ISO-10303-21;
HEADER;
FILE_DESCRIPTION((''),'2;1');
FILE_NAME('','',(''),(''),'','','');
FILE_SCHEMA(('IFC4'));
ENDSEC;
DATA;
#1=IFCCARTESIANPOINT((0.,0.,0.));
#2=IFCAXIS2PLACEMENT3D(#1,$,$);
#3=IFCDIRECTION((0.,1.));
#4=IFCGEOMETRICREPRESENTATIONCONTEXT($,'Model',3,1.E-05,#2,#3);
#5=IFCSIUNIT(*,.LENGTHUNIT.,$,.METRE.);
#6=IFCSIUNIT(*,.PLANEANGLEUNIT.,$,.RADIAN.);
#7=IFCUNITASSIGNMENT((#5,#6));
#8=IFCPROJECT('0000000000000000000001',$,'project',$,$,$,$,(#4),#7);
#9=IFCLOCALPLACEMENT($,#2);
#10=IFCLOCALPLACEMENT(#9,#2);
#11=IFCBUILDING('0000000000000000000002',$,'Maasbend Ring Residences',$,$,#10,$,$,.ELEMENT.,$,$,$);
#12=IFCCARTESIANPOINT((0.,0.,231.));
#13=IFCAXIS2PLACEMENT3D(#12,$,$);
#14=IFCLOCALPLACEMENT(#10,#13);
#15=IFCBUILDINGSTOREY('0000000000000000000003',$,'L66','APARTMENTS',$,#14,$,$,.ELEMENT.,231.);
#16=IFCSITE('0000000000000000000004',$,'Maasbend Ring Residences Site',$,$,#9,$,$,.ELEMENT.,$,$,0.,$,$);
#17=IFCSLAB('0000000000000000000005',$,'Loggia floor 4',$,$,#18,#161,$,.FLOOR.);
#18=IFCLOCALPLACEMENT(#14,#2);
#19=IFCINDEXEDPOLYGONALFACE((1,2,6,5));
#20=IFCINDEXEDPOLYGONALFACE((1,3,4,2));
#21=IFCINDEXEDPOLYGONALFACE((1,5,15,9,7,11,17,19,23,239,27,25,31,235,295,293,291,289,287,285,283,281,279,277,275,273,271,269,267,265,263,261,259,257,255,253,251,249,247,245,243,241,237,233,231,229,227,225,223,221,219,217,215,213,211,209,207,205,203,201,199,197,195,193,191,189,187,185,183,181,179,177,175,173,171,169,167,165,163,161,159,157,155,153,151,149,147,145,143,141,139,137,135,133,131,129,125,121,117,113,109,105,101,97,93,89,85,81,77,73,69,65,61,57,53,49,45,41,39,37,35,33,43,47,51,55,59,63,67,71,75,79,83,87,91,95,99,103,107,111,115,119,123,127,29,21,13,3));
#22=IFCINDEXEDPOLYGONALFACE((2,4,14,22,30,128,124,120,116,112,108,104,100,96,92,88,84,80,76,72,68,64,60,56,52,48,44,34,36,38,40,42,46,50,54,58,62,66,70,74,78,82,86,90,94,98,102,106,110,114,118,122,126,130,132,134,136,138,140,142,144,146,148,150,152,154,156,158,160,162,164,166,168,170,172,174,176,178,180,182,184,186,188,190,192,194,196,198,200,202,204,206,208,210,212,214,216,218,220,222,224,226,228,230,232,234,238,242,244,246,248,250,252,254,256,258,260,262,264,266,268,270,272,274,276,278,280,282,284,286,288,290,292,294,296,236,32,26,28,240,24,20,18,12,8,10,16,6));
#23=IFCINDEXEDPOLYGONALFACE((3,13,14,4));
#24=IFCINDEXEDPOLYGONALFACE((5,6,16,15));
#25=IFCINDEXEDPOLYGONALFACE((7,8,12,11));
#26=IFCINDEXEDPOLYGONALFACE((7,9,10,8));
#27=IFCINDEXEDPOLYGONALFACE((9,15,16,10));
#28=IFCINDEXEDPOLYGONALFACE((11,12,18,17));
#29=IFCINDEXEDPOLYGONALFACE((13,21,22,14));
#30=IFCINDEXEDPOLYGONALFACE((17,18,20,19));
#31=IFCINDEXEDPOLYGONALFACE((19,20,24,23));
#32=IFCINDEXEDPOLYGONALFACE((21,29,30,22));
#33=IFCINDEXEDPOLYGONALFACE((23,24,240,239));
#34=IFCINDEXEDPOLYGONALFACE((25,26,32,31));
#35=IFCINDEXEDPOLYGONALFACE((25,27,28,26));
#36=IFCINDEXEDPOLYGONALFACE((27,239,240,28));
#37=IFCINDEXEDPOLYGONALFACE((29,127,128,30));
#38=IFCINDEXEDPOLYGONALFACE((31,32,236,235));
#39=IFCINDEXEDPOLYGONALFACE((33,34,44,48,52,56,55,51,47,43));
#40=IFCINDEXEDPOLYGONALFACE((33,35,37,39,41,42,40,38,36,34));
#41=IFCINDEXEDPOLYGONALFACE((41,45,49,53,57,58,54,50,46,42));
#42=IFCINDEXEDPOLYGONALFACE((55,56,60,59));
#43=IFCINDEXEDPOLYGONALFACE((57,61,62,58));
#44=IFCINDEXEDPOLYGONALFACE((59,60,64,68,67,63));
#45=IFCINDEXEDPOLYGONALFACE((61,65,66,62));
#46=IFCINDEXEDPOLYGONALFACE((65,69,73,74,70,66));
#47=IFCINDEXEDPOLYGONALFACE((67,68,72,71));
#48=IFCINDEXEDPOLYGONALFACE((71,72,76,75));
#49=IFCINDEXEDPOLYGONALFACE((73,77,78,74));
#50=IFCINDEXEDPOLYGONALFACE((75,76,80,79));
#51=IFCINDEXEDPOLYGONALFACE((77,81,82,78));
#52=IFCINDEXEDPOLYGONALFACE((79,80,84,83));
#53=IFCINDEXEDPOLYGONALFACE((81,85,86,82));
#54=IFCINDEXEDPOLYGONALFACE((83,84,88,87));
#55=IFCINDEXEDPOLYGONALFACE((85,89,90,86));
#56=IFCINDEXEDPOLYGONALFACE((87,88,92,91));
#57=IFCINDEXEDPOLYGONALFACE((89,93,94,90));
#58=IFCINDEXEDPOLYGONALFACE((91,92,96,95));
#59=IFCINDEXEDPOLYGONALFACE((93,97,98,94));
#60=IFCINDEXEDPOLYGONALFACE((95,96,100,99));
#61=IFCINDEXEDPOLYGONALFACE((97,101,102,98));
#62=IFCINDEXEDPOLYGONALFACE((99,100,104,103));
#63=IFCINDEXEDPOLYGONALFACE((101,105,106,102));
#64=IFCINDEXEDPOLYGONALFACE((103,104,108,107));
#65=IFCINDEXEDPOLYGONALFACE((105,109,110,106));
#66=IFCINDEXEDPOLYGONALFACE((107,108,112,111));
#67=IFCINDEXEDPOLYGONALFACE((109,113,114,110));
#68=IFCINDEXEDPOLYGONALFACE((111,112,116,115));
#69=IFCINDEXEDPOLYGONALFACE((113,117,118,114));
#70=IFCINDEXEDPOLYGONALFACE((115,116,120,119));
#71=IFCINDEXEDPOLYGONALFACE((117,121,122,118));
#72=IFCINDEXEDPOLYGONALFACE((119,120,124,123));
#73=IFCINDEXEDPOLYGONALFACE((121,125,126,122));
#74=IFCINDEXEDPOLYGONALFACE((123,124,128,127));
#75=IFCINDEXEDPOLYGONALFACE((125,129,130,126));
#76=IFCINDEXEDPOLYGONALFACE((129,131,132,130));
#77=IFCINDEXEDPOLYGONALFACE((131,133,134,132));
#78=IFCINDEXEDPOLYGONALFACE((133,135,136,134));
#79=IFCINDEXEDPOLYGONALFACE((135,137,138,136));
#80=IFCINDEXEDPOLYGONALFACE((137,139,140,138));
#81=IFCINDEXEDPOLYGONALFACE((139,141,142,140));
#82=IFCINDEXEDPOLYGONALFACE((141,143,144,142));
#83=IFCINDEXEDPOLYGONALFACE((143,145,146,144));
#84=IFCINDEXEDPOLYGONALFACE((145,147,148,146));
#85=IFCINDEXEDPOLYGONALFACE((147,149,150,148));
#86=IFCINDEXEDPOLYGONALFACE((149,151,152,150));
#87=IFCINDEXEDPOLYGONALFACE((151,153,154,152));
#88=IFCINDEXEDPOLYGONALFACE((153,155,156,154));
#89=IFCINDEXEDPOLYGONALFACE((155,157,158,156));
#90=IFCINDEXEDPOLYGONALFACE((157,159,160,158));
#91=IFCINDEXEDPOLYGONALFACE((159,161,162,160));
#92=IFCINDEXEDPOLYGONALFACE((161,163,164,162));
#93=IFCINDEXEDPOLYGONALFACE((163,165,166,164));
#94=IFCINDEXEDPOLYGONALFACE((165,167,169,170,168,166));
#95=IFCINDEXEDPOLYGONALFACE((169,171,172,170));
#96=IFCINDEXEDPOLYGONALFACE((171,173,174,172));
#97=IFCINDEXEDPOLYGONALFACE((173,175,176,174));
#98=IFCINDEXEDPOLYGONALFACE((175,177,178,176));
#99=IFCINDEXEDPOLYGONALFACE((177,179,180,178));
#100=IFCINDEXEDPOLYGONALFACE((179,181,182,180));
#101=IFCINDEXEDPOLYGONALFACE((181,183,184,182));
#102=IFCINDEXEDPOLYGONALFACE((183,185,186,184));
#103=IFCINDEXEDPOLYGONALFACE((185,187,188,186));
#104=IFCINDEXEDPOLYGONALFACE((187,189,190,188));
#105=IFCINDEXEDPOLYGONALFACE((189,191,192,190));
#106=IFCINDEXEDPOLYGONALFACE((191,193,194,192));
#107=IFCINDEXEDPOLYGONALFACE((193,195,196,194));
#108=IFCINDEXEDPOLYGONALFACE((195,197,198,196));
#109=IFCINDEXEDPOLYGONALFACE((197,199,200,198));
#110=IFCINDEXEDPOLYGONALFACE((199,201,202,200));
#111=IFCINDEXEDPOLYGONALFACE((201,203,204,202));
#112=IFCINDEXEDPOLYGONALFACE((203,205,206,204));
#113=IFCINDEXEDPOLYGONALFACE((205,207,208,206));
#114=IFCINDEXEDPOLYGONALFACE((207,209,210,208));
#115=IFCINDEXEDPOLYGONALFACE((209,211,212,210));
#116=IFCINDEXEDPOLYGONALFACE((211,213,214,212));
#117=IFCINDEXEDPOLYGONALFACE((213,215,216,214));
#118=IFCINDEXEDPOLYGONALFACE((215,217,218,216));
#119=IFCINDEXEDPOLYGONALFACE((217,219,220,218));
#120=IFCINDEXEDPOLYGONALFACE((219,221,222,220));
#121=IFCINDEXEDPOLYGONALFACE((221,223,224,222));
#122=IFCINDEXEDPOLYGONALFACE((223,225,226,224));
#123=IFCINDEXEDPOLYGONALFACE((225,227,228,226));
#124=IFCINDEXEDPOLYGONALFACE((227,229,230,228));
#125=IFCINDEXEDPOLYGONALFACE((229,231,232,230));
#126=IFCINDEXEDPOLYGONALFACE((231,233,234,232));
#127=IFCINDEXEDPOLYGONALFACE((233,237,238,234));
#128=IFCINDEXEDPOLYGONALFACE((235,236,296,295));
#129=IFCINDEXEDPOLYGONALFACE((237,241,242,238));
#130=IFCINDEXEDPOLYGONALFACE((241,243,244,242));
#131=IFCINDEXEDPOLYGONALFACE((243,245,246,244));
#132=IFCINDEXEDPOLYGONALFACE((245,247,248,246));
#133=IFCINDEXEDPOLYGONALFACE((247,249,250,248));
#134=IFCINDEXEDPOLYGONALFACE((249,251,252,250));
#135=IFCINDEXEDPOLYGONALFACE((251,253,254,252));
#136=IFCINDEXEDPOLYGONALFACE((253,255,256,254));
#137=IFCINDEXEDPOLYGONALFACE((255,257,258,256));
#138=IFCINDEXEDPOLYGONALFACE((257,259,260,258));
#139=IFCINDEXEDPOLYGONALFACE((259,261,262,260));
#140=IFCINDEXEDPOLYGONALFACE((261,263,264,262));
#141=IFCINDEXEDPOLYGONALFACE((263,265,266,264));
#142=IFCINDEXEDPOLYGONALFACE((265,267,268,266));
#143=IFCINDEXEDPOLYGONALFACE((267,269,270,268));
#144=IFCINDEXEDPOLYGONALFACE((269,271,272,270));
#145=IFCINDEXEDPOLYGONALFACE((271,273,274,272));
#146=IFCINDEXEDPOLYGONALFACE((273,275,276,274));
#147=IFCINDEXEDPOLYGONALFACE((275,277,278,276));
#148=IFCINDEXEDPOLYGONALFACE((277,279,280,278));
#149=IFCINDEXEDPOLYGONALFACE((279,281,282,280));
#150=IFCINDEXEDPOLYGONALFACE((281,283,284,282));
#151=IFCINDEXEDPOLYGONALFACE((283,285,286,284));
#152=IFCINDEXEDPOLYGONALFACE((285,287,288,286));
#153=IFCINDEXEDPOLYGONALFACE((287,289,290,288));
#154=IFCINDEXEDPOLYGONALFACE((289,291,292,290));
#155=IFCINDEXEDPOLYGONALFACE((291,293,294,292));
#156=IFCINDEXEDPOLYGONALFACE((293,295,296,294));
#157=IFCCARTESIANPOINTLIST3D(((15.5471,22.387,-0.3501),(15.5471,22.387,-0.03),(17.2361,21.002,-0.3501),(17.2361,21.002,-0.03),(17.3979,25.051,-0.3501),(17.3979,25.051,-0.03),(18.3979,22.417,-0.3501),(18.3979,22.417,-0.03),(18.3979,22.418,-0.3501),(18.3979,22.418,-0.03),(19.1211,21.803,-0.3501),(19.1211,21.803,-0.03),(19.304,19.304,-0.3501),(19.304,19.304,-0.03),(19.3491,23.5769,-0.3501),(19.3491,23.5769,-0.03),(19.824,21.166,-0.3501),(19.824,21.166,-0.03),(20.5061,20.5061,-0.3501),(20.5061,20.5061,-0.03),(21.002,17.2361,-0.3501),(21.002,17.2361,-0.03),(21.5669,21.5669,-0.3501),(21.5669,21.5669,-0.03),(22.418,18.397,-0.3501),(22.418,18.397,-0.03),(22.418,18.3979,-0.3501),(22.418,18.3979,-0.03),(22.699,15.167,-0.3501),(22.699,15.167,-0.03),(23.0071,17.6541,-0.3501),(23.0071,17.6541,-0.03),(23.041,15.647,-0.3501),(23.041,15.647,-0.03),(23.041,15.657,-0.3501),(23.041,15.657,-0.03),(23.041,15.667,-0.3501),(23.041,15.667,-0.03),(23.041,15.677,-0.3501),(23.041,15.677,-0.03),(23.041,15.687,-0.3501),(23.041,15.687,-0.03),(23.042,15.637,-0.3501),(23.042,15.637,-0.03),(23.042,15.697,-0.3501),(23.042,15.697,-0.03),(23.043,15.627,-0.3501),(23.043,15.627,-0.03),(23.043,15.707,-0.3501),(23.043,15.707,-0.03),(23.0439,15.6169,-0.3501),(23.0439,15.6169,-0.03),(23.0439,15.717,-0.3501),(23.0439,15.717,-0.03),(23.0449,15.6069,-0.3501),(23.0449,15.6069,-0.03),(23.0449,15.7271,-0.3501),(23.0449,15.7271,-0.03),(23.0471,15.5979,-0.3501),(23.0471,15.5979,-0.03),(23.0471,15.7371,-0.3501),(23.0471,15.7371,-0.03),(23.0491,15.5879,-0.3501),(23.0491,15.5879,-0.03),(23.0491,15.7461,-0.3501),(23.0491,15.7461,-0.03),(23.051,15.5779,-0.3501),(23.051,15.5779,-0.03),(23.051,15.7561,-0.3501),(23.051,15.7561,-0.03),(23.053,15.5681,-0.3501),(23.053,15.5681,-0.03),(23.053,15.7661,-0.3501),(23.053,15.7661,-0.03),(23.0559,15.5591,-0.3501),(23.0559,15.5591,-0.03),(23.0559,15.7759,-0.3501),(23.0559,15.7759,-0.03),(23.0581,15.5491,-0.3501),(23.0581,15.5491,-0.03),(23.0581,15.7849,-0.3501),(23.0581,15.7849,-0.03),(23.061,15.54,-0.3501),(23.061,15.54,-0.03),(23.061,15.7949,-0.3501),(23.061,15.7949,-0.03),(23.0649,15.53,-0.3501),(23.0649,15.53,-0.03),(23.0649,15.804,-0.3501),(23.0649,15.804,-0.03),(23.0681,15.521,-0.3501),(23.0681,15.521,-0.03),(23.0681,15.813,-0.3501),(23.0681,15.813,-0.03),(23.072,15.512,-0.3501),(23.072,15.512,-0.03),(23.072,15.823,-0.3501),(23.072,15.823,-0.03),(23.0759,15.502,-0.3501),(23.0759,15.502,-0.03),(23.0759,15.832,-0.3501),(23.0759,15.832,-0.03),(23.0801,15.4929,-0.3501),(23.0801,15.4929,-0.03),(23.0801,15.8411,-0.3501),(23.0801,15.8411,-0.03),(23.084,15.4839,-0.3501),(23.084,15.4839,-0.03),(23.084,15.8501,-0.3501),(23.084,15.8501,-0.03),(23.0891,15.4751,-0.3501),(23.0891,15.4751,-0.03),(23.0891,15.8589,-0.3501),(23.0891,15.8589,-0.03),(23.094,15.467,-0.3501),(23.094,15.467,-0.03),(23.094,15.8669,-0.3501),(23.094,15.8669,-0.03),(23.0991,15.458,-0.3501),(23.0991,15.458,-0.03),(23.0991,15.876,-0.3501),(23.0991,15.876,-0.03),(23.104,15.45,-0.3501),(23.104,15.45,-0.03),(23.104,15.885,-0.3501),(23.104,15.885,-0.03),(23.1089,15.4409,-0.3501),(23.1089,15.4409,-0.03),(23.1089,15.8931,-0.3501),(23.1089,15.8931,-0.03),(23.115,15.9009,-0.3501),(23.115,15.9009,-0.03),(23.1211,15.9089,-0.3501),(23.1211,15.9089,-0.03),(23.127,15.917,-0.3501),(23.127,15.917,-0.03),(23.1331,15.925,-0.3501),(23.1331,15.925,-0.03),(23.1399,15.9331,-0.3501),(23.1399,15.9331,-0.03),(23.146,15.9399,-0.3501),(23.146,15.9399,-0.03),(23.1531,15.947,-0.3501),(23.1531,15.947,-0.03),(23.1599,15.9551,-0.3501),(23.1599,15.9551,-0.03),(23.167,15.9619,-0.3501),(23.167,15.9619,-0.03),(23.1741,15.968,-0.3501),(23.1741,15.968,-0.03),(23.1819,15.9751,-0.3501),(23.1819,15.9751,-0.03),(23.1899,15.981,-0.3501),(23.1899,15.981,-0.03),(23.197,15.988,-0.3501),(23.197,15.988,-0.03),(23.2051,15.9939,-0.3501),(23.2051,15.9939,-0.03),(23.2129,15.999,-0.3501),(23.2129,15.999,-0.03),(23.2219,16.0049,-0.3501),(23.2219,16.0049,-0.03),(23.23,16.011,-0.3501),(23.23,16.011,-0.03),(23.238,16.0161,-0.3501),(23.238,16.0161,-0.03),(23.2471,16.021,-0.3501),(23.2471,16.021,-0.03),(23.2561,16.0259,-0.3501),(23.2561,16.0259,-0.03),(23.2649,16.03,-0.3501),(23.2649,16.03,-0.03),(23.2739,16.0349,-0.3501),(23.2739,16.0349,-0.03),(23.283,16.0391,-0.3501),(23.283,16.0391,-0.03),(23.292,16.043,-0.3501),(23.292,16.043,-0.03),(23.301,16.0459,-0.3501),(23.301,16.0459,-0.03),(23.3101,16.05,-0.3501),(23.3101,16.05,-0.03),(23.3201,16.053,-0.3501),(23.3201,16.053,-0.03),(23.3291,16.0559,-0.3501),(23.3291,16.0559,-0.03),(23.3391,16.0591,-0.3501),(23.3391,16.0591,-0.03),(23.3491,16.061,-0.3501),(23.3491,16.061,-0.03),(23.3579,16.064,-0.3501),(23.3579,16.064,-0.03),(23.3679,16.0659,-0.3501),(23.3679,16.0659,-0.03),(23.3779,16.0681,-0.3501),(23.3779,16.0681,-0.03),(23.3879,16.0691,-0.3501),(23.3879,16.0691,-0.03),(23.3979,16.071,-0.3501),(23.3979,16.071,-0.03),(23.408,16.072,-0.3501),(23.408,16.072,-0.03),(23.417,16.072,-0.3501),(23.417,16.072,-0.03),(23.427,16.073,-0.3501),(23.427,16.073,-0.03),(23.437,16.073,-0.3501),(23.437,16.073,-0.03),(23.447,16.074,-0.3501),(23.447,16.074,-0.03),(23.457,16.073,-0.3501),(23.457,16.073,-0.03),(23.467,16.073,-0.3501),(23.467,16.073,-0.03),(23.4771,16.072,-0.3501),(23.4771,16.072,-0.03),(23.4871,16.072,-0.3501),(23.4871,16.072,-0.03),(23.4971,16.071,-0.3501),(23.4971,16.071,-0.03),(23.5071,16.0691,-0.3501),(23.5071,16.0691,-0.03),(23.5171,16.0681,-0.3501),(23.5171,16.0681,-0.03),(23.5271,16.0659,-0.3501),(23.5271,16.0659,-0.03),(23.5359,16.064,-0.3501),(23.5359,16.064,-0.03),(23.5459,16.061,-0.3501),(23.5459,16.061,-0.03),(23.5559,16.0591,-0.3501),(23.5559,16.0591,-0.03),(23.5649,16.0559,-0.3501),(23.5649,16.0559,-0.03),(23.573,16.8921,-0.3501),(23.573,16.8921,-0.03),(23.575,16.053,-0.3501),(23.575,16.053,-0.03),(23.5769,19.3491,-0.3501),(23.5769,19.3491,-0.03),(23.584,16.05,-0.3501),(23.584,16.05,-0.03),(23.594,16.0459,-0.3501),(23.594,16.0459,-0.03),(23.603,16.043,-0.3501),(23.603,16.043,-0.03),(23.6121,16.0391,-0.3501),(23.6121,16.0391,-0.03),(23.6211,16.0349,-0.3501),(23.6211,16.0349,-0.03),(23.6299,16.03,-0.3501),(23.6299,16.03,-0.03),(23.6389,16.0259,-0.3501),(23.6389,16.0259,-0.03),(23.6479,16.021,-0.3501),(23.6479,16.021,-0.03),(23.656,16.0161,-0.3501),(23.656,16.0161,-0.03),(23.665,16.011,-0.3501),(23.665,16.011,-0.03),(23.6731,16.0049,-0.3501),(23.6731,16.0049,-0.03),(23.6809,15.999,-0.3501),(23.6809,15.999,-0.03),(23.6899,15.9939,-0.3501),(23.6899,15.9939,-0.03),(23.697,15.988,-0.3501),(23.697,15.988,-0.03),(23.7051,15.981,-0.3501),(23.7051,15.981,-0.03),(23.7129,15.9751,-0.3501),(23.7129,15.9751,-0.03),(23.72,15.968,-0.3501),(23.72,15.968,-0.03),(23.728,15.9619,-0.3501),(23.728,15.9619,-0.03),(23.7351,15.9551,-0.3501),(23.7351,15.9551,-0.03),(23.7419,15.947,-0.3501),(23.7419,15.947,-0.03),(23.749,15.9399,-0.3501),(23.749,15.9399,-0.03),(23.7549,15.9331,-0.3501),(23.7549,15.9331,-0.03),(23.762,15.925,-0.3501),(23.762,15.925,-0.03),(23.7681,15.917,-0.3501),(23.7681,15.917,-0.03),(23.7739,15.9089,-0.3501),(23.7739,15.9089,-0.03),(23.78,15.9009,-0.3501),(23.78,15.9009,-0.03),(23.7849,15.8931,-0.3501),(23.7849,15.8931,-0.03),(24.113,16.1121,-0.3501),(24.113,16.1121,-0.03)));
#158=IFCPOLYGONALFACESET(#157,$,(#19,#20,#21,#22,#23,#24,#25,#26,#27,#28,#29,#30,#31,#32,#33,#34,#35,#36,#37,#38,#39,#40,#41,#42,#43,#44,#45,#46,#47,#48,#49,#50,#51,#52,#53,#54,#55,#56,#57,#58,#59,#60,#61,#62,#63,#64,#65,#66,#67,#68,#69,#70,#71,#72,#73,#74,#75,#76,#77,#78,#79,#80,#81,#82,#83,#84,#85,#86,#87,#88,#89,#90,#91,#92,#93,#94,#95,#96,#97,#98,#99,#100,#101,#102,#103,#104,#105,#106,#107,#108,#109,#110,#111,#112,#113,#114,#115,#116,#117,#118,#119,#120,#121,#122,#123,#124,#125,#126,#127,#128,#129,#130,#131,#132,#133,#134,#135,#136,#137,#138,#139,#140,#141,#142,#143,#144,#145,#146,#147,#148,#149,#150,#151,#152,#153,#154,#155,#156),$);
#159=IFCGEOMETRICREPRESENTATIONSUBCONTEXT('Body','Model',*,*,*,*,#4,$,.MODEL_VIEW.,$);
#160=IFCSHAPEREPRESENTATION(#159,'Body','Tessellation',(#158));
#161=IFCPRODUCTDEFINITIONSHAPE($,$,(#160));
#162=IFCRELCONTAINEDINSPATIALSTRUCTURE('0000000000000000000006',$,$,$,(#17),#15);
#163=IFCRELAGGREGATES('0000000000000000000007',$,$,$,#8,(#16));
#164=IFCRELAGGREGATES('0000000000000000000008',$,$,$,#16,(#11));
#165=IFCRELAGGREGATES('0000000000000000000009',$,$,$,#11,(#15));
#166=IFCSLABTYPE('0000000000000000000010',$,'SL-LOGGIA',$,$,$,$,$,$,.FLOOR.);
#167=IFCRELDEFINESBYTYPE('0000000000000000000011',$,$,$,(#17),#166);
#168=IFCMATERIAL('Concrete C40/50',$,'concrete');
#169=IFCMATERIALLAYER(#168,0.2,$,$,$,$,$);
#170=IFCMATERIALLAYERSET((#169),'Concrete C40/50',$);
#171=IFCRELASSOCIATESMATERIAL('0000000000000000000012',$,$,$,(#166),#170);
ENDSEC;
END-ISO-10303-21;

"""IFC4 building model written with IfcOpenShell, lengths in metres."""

from ifc_helpers import new_model, si_unit, direction, frame, origin, place, context, subcontext, project, spatial, polyline, outline, extrude, material, layer, layer_set, type_object, element, save


model = new_model("IFC4")

# Units and contexts
model_context = context("Model", 3, precision=1e-05, world=origin(), true_north=direction((0.0, 1.0)))
body_context = subcontext(model_context, "Body", "Model", "MODEL_VIEW")
ifc_project = project(units=[si_unit("LENGTHUNIT", "METRE"), si_unit("PLANEANGLEUNIT", "RADIAN")], contexts=[model_context])

# Site, building, storey
site_placement = place(None, origin())
site = spatial("IfcSite", under=ifc_project, at=site_placement, Name="Maasbend Ring Residences Site", CompositionType="ELEMENT", RefElevation=0.0)
building_placement = place(site_placement, origin())
building = spatial("IfcBuilding", under=site, at=building_placement, Name="Maasbend Ring Residences", CompositionType="ELEMENT")
storey_placement = place(building_placement, frame((0.0, 0.0, 231.0)))
storey = spatial("IfcBuildingStorey", under=building, at=storey_placement, Name="L66", Description="APARTMENTS", CompositionType="ELEMENT", Elevation=231.0)

# Slab
ifc_material_1 = material(Name="Concrete C40/50", Category="concrete")
ifc_layer_1 = layer(ifc_material_1, 0.2)
ifc_layer_set_1 = layer_set([ifc_layer_1], Name="Concrete C40/50")
slab_type_1 = type_object("IfcSlabType", Name="SL-LOGGIA", PredefinedType="FLOOR", material=ifc_layer_set_1)
slab_1_placement = place(storey_placement, frame((0.0, 0.0, -0.3501)))
element("IfcSlab", 1, at=slab_1_placement, inside=storey, type_object=slab_type_1, Name="Loggia floor 4", PredefinedType="FLOOR", context=body_context, shape_type="SweptSolid", body=[
    extrude(outline(polyline([(19.3491, 23.5769), (19.3491, 23.5769), (19.3491, 23.5769), (18.3979, 22.418), (18.3979, 22.418), (18.3979, 22.418), (18.3979, 22.418), (18.3979, 22.418), (18.3979, 22.417), (18.3979, 22.417), (18.3979, 22.417), (18.3979, 22.417), (18.3979, 22.417), (18.3979, 22.417), (18.3979, 22.417), (18.3979, 22.417), (18.3979, 22.417), (18.3979, 22.417), (18.3979, 22.417), (18.3979, 22.417), (19.1211, 21.803), (19.1211, 21.803), (19.824, 21.166), (19.824, 21.166), (20.5061, 20.5061), (20.5061, 20.5061), (20.5061, 20.5061), (20.5061, 20.5061), (20.5061, 20.5061), (20.5061, 20.5061), (20.5061, 20.5061), (20.5061, 20.5061), (20.5061, 20.5061), (20.5061, 20.5061), (20.5061, 20.5061), (20.5061, 20.5061), (20.5061, 20.5061), (20.5061, 20.5061), (20.5061, 20.5061), (20.5061, 20.5061), (20.5061, 20.5061), (21.5669, 21.5669), (21.5669, 21.5669), (21.5669, 21.5669), (23.5769, 19.3491), (23.5769, 19.3491), (23.5769, 19.3491), (22.418, 18.3979), (22.418, 18.3979), (22.418, 18.3979), (22.418, 18.3979), (22.418, 18.3979), (22.418, 18.3979), (22.418, 18.397), (22.418, 18.397), (22.418, 18.397), (22.418, 18.397), (22.418, 18.397), (22.418, 18.397), (22.418, 18.397), (22.418, 18.397), (22.418, 18.397), (22.418, 18.397), (22.418, 18.397), (23.0071, 17.6541), (23.0071, 17.6541), (23.573, 16.8921), (23.573, 16.8921), (24.113, 16.1121), (24.113, 16.1121), (24.113, 16.1121), (23.7849, 15.8931), (23.7849, 15.8931), (23.78, 15.9009), (23.7739, 15.9089), (23.7681, 15.917), (23.762, 15.925), (23.7549, 15.9331), (23.749, 15.9399), (23.7419, 15.947), (23.7351, 15.9551), (23.728, 15.9619), (23.72, 15.968), (23.7129, 15.9751), (23.7051, 15.981), (23.697, 15.988), (23.6899, 15.9939), (23.6809, 15.999), (23.6731, 16.0049), (23.665, 16.011), (23.656, 16.0161), (23.6479, 16.021), (23.6389, 16.0259), (23.6299, 16.03), (23.6211, 16.0349), (23.6121, 16.0391), (23.603, 16.043), (23.594, 16.0459), (23.584, 16.05), (23.575, 16.053), (23.5649, 16.0559), (23.5559, 16.0591), (23.5459, 16.061), (23.5359, 16.064), (23.5271, 16.0659), (23.5171, 16.0681), (23.5071, 16.0691), (23.4971, 16.071), (23.4871, 16.072), (23.4771, 16.072), (23.467, 16.073), (23.457, 16.073), (23.447, 16.074), (23.437, 16.073), (23.427, 16.073), (23.417, 16.072), (23.408, 16.072), (23.3979, 16.071), (23.3879, 16.0691), (23.3779, 16.0681), (23.3679, 16.0659), (23.3579, 16.064), (23.3491, 16.061), (23.3391, 16.0591), (23.3291, 16.0559), (23.3201, 16.053), (23.3101, 16.05), (23.301, 16.0459), (23.292, 16.043), (23.283, 16.0391), (23.2739, 16.0349), (23.2649, 16.03), (23.2561, 16.0259), (23.2471, 16.021), (23.238, 16.0161), (23.23, 16.011), (23.2219, 16.0049), (23.2129, 15.999), (23.2051, 15.9939), (23.197, 15.988), (23.1899, 15.981), (23.1819, 15.9751), (23.1741, 15.968), (23.167, 15.9619), (23.1599, 15.9551), (23.1531, 15.947), (23.146, 15.9399), (23.1399, 15.9331), (23.1331, 15.925), (23.127, 15.917), (23.1211, 15.9089), (23.115, 15.9009), (23.1089, 15.8931), (23.104, 15.885), (23.0991, 15.876), (23.094, 15.8669), (23.0891, 15.8589), (23.084, 15.8501), (23.0801, 15.8411), (23.0759, 15.832), (23.072, 15.823), (23.0681, 15.813), (23.0649, 15.804), (23.061, 15.7949), (23.0581, 15.7849), (23.0559, 15.7759), (23.053, 15.7661), (23.051, 15.7561), (23.0491, 15.7461), (23.0471, 15.7371), (23.0449, 15.7271), (23.0439, 15.717), (23.043, 15.707), (23.042, 15.697), (23.041, 15.687), (23.041, 15.677), (23.041, 15.667), (23.041, 15.657), (23.041, 15.647), (23.042, 15.637), (23.043, 15.627), (23.0439, 15.6169), (23.0449, 15.6069), (23.0471, 15.5979), (23.0491, 15.5879), (23.051, 15.5779), (23.053, 15.5681), (23.0559, 15.5591), (23.0581, 15.5491), (23.061, 15.54), (23.0649, 15.53), (23.0681, 15.521), (23.072, 15.512), (23.0759, 15.502), (23.0801, 15.4929), (23.084, 15.4839), (23.0891, 15.4751), (23.094, 15.467), (23.0991, 15.458), (23.104, 15.45), (23.1089, 15.4409), (23.1089, 15.4409), (22.699, 15.167), (22.699, 15.167), (22.699, 15.167), (21.002, 17.2361), (19.304, 19.304), (19.304, 19.304), (19.304, 19.304), (17.2361, 21.002), (15.5471, 22.387), (15.5471, 22.387), (15.5471, 22.387), (17.3979, 25.051), (17.3979, 25.051), (17.3979, 25.051), (19.3491, 23.5769)])), origin(), (0.0, 0.0, 1.0), 0.3201),
])

save(model, "model.ifc")
